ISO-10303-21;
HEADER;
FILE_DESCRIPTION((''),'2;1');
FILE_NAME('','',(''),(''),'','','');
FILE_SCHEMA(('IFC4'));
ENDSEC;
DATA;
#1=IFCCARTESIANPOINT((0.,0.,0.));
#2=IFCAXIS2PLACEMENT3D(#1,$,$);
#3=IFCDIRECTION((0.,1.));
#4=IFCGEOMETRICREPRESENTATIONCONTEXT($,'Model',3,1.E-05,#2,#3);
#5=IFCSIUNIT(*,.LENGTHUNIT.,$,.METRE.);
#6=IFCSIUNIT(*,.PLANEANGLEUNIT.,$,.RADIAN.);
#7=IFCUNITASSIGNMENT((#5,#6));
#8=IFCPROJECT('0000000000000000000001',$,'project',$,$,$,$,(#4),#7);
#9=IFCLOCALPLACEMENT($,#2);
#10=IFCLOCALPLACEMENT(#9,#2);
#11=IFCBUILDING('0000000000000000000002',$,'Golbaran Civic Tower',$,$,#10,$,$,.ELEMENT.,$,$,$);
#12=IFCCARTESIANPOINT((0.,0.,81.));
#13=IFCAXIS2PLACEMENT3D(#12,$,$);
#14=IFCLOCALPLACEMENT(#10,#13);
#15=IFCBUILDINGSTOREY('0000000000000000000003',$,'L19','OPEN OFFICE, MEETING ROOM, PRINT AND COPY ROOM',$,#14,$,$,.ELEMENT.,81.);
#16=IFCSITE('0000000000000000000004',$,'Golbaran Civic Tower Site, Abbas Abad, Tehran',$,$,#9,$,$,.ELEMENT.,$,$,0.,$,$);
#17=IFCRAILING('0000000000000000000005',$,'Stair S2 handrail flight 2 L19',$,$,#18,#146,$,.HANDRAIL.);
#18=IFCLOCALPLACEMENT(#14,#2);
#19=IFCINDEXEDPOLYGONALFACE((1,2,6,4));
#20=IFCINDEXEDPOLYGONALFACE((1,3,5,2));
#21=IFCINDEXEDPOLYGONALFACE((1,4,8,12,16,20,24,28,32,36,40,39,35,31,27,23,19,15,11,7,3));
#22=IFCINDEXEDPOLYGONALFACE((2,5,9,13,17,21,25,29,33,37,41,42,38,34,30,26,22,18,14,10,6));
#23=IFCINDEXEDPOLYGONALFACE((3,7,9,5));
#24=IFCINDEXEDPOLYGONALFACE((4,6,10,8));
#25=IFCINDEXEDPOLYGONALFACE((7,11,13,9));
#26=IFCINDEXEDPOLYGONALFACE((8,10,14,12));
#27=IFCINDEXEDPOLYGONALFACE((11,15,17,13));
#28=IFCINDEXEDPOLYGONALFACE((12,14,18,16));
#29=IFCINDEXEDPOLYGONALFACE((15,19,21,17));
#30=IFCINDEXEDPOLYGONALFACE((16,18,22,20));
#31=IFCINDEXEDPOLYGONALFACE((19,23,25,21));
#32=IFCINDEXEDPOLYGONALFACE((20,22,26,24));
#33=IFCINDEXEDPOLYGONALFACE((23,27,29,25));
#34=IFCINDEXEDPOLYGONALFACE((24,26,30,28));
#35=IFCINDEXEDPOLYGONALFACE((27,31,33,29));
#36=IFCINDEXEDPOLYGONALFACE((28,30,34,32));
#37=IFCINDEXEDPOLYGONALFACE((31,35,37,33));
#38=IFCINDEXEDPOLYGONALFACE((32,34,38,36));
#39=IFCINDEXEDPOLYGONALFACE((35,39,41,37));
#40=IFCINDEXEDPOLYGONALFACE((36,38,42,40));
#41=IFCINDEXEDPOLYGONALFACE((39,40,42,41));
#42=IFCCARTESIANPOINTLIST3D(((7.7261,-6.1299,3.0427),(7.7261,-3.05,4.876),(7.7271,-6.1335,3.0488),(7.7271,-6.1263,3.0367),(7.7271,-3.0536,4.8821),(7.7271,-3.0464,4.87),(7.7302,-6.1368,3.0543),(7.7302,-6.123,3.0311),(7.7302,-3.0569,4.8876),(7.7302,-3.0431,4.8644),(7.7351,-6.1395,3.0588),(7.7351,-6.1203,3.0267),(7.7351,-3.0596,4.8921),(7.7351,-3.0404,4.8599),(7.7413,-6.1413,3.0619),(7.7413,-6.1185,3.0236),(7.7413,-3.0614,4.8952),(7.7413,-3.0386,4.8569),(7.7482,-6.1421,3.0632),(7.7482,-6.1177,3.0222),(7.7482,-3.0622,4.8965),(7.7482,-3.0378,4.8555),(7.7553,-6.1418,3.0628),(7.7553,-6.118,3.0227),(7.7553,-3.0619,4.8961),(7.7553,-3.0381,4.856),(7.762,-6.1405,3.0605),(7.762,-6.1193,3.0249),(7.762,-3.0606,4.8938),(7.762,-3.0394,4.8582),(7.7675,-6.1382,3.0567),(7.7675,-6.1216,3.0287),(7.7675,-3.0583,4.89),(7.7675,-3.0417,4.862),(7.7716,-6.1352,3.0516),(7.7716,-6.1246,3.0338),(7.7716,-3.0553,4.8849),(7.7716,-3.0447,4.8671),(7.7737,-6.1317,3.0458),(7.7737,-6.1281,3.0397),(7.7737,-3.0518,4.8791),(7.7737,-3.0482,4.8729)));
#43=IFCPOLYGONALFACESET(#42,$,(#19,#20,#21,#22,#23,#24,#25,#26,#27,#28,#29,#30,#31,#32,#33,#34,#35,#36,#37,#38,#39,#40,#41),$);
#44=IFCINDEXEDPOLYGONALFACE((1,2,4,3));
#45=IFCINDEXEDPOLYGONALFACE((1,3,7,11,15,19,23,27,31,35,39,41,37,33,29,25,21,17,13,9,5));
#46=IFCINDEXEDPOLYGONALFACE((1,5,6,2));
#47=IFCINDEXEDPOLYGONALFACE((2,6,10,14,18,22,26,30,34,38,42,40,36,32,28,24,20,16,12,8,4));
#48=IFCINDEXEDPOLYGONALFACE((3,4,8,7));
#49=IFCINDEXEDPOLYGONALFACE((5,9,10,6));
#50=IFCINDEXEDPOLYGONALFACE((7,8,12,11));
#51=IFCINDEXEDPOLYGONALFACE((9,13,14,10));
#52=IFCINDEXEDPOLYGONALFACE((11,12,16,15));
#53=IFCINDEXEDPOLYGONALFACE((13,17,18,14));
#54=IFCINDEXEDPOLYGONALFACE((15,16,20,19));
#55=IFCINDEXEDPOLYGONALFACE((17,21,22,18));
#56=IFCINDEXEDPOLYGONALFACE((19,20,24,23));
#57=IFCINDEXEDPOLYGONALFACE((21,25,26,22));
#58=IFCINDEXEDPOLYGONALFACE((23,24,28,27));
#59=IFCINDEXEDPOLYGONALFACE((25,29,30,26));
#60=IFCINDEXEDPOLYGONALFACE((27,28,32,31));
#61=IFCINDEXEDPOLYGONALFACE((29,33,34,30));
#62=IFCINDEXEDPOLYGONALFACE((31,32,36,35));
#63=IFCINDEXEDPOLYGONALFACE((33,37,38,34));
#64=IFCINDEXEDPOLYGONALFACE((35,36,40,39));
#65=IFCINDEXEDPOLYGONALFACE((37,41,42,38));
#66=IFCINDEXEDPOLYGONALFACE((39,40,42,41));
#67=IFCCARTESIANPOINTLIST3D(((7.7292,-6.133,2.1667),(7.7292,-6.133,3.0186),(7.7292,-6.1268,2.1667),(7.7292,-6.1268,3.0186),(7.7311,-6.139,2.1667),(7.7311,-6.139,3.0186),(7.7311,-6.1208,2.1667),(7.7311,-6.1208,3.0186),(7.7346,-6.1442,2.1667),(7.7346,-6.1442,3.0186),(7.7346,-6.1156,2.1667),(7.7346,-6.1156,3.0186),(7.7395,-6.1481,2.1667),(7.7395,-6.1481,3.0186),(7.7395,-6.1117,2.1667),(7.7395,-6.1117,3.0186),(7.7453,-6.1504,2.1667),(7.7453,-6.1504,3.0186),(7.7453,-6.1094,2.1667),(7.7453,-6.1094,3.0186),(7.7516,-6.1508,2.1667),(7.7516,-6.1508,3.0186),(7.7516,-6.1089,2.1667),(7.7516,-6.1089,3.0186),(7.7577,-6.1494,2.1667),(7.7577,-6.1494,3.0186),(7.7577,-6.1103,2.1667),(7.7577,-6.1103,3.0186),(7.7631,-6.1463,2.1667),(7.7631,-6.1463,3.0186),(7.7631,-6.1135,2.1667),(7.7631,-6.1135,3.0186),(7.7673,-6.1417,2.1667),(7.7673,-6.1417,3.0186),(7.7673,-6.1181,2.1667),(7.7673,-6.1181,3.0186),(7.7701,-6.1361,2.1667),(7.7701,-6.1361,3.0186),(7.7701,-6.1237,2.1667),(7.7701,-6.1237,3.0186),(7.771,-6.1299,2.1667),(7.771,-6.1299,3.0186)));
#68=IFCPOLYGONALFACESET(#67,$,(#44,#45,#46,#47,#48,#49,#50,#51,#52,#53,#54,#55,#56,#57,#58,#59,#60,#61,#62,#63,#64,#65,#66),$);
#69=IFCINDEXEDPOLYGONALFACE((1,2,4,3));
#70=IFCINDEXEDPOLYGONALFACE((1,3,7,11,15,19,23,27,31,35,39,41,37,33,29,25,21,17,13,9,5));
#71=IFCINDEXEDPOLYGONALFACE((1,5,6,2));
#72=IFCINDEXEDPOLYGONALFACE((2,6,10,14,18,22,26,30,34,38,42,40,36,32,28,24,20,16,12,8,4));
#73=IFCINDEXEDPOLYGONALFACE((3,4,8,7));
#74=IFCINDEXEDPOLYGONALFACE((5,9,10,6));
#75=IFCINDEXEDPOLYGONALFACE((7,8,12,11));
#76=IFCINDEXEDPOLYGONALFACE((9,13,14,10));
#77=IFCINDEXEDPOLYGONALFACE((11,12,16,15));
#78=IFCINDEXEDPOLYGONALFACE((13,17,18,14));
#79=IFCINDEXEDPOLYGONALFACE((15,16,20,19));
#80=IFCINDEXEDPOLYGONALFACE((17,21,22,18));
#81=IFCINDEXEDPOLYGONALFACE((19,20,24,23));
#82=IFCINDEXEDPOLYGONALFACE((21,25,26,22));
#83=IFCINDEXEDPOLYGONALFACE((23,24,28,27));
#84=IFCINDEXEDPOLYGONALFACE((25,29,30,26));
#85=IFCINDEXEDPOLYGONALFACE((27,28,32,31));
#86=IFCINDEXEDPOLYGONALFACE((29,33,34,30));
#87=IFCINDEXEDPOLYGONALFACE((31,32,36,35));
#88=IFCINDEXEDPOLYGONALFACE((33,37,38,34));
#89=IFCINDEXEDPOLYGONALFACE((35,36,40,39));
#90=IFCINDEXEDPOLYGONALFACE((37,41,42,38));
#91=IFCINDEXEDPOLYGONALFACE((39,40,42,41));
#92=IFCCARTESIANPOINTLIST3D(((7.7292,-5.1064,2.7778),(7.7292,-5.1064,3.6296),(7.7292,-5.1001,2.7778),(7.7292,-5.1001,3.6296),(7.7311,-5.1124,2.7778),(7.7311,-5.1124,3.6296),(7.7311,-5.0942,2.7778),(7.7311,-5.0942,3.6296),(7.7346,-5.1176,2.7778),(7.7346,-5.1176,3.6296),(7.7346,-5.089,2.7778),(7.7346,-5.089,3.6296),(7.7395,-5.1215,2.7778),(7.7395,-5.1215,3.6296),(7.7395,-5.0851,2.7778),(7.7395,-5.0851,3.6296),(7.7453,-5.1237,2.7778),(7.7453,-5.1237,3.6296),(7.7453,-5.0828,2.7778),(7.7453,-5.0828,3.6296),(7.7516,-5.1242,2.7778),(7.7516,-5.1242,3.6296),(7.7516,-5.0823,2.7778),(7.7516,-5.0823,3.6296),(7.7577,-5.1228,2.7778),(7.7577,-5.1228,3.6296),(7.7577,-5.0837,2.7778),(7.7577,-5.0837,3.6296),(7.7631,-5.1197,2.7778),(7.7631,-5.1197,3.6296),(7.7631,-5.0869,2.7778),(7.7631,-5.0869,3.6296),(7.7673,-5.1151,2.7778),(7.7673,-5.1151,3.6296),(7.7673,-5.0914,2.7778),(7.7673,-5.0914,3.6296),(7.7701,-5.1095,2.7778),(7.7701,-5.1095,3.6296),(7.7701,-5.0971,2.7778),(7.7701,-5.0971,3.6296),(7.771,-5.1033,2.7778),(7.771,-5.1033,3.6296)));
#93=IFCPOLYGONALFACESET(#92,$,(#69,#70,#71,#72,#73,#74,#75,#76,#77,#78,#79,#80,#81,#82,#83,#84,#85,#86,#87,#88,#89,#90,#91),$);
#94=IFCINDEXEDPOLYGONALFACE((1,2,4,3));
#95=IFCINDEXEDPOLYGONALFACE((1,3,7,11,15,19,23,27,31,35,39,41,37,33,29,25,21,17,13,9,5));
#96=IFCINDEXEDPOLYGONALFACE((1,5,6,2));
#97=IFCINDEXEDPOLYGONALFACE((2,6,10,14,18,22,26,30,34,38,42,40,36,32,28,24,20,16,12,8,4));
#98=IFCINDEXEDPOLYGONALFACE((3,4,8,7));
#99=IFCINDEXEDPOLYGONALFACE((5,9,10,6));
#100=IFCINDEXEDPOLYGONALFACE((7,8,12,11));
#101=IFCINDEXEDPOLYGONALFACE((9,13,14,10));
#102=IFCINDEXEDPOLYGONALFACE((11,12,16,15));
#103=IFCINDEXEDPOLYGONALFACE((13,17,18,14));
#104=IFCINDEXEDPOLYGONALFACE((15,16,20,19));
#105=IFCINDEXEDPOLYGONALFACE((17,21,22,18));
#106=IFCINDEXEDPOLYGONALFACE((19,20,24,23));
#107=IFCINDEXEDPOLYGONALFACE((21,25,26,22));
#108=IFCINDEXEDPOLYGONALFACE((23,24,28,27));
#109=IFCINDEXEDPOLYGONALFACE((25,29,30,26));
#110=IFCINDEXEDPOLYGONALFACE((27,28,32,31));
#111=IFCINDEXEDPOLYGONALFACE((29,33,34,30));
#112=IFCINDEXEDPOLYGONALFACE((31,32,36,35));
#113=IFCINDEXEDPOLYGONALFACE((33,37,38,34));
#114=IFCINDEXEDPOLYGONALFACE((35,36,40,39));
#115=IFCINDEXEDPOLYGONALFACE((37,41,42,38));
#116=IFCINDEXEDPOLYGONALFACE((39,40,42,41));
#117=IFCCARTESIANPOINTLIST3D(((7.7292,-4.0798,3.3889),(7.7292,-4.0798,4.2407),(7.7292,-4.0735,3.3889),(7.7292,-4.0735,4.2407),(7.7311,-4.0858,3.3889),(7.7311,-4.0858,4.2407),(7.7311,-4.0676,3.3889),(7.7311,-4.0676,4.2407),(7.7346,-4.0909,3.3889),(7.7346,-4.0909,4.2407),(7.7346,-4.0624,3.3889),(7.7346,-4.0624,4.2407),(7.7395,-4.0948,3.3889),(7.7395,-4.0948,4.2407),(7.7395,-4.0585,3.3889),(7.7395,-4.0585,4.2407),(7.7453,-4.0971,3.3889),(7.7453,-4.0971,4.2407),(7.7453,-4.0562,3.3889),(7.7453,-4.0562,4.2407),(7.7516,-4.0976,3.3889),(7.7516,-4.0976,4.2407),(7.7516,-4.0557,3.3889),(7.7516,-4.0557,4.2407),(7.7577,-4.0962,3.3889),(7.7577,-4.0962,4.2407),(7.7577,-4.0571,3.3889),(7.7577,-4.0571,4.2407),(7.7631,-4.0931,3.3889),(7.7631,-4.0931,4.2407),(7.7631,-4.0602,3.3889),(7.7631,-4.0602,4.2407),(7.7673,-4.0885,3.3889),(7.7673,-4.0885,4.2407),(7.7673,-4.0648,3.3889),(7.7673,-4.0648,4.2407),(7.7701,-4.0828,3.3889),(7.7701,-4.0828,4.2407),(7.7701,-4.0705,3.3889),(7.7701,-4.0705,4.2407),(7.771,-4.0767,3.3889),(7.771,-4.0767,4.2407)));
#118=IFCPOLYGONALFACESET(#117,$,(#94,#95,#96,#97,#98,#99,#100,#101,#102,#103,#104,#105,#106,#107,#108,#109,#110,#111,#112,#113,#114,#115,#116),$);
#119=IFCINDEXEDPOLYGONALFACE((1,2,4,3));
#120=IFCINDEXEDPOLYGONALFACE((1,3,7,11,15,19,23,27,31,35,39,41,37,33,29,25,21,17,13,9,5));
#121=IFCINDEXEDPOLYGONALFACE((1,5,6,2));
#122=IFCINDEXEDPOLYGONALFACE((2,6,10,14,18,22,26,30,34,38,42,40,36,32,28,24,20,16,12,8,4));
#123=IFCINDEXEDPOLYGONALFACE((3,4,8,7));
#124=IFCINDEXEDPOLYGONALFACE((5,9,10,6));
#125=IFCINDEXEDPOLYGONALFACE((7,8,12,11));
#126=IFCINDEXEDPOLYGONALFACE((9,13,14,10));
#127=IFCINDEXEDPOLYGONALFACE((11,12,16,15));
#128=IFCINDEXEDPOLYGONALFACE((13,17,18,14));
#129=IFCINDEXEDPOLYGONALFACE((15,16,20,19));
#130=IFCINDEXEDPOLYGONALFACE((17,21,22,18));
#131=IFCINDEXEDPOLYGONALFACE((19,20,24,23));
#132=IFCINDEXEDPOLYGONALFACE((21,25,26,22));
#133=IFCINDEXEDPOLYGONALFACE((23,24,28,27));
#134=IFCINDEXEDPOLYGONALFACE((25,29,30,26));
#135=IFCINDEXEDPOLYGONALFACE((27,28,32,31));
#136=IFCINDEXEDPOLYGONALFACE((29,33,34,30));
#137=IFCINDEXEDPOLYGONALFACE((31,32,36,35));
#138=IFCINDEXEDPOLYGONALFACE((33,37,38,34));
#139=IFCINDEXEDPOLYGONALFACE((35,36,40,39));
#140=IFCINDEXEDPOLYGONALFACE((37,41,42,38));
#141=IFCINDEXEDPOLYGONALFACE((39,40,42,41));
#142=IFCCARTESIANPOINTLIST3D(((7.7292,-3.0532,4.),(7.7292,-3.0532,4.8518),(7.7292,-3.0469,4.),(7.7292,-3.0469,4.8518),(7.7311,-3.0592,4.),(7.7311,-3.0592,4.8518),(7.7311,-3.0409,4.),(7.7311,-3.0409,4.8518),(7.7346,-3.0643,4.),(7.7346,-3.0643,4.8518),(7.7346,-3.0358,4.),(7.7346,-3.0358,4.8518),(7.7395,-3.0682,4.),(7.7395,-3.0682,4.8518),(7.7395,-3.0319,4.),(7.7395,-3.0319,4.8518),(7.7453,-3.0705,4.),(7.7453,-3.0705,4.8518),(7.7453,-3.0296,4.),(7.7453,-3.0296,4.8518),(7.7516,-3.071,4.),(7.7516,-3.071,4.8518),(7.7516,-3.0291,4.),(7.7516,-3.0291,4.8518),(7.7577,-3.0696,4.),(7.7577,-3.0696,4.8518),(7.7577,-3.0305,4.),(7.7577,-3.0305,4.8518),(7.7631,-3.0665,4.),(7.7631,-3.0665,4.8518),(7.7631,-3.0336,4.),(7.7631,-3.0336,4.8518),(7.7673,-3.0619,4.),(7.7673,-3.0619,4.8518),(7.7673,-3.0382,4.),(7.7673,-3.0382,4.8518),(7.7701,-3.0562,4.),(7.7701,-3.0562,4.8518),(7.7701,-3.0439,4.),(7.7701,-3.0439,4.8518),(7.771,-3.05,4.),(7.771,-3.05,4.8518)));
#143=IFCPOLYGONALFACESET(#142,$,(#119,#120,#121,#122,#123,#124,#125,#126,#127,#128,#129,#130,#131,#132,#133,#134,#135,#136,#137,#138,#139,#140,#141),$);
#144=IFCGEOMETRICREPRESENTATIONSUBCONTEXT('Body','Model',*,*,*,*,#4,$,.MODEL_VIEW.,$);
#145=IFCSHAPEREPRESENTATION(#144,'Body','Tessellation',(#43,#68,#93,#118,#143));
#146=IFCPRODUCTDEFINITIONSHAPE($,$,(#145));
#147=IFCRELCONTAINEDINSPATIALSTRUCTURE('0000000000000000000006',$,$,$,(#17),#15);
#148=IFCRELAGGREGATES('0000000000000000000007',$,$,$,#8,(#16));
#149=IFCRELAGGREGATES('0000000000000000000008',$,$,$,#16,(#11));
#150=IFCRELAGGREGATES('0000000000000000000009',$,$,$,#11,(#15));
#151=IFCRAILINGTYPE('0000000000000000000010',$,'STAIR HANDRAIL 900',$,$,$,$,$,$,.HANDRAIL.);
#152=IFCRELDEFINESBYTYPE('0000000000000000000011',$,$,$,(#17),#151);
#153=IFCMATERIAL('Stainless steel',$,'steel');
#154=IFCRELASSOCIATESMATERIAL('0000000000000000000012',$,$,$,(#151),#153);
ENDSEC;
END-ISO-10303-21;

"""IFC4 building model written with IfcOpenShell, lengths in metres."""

from ifc_helpers import new_model, si_unit, direction, frame, origin, origin_2d, place, context, subcontext, project, spatial, circle, extrude, material, type_object, element, save


model = new_model("IFC4")

# Units and contexts
model_context = context("Model", 3, precision=1e-05, world=origin(), true_north=direction((0.0, 1.0)))
body_context = subcontext(model_context, "Body", "Model", "MODEL_VIEW")
ifc_project = project(units=[si_unit("LENGTHUNIT", "METRE"), si_unit("PLANEANGLEUNIT", "RADIAN")], contexts=[model_context])

# Site, building, storey
site_placement = place(None, origin())
site = spatial("IfcSite", under=ifc_project, at=site_placement, Name="Golbaran Civic Tower Site, Abbas Abad, Tehran", CompositionType="ELEMENT", RefElevation=0.0)
building_placement = place(site_placement, origin())
building = spatial("IfcBuilding", under=site, at=building_placement, Name="Golbaran Civic Tower", CompositionType="ELEMENT")
storey_placement = place(building_placement, frame((0.0, 0.0, 81.0)))
storey = spatial("IfcBuildingStorey", under=building, at=storey_placement, Name="L19", Description="OPEN OFFICE, MEETING ROOM, PRINT AND COPY ROOM", CompositionType="ELEMENT", Elevation=81.0)

# Railing
ifc_material_1 = material(Name="Stainless steel", Category="steel")
railing_type = type_object("IfcRailingType", Name="STAIR HANDRAIL 900", PredefinedType="HANDRAIL", material=ifc_material_1)
railing_1_placement = place(storey_placement, frame((7.75, -6.1299, 2.1667)))
element("IfcRailing", 1, at=railing_1_placement, inside=storey, type_object=railing_type, Name="Stair S2 handrail flight 2 L19", PredefinedType="HANDRAIL", context=body_context, shape_type="SweptSolid", body=[
    extrude(circle(Radius=0.0239, at=origin_2d()), frame((0.0, 0.0, 0.876), z_axis=(0.0, 0.859291, 0.511487), x_axis=(-1.0, 0.0, 0.0)), (0.0, 0.0, 1.0), 3.5842),
    extrude(circle(Radius=0.021, at=origin_2d()), origin(), (0.0, 0.0, 1.0), 0.8518),
    extrude(circle(Radius=0.021, at=origin_2d()), frame((0.0, 1.0266, 0.6111)), (0.0, 0.0, 1.0), 0.8518),
    extrude(circle(Radius=0.021, at=origin_2d()), frame((0.0, 2.0532, 1.2222)), (0.0, 0.0, 1.0), 0.8518),
    extrude(circle(Radius=0.021, at=origin_2d()), frame((0.0, 3.0798, 1.8333)), (0.0, 0.0, 1.0), 0.8518),
])

save(model, "model.ifc")
